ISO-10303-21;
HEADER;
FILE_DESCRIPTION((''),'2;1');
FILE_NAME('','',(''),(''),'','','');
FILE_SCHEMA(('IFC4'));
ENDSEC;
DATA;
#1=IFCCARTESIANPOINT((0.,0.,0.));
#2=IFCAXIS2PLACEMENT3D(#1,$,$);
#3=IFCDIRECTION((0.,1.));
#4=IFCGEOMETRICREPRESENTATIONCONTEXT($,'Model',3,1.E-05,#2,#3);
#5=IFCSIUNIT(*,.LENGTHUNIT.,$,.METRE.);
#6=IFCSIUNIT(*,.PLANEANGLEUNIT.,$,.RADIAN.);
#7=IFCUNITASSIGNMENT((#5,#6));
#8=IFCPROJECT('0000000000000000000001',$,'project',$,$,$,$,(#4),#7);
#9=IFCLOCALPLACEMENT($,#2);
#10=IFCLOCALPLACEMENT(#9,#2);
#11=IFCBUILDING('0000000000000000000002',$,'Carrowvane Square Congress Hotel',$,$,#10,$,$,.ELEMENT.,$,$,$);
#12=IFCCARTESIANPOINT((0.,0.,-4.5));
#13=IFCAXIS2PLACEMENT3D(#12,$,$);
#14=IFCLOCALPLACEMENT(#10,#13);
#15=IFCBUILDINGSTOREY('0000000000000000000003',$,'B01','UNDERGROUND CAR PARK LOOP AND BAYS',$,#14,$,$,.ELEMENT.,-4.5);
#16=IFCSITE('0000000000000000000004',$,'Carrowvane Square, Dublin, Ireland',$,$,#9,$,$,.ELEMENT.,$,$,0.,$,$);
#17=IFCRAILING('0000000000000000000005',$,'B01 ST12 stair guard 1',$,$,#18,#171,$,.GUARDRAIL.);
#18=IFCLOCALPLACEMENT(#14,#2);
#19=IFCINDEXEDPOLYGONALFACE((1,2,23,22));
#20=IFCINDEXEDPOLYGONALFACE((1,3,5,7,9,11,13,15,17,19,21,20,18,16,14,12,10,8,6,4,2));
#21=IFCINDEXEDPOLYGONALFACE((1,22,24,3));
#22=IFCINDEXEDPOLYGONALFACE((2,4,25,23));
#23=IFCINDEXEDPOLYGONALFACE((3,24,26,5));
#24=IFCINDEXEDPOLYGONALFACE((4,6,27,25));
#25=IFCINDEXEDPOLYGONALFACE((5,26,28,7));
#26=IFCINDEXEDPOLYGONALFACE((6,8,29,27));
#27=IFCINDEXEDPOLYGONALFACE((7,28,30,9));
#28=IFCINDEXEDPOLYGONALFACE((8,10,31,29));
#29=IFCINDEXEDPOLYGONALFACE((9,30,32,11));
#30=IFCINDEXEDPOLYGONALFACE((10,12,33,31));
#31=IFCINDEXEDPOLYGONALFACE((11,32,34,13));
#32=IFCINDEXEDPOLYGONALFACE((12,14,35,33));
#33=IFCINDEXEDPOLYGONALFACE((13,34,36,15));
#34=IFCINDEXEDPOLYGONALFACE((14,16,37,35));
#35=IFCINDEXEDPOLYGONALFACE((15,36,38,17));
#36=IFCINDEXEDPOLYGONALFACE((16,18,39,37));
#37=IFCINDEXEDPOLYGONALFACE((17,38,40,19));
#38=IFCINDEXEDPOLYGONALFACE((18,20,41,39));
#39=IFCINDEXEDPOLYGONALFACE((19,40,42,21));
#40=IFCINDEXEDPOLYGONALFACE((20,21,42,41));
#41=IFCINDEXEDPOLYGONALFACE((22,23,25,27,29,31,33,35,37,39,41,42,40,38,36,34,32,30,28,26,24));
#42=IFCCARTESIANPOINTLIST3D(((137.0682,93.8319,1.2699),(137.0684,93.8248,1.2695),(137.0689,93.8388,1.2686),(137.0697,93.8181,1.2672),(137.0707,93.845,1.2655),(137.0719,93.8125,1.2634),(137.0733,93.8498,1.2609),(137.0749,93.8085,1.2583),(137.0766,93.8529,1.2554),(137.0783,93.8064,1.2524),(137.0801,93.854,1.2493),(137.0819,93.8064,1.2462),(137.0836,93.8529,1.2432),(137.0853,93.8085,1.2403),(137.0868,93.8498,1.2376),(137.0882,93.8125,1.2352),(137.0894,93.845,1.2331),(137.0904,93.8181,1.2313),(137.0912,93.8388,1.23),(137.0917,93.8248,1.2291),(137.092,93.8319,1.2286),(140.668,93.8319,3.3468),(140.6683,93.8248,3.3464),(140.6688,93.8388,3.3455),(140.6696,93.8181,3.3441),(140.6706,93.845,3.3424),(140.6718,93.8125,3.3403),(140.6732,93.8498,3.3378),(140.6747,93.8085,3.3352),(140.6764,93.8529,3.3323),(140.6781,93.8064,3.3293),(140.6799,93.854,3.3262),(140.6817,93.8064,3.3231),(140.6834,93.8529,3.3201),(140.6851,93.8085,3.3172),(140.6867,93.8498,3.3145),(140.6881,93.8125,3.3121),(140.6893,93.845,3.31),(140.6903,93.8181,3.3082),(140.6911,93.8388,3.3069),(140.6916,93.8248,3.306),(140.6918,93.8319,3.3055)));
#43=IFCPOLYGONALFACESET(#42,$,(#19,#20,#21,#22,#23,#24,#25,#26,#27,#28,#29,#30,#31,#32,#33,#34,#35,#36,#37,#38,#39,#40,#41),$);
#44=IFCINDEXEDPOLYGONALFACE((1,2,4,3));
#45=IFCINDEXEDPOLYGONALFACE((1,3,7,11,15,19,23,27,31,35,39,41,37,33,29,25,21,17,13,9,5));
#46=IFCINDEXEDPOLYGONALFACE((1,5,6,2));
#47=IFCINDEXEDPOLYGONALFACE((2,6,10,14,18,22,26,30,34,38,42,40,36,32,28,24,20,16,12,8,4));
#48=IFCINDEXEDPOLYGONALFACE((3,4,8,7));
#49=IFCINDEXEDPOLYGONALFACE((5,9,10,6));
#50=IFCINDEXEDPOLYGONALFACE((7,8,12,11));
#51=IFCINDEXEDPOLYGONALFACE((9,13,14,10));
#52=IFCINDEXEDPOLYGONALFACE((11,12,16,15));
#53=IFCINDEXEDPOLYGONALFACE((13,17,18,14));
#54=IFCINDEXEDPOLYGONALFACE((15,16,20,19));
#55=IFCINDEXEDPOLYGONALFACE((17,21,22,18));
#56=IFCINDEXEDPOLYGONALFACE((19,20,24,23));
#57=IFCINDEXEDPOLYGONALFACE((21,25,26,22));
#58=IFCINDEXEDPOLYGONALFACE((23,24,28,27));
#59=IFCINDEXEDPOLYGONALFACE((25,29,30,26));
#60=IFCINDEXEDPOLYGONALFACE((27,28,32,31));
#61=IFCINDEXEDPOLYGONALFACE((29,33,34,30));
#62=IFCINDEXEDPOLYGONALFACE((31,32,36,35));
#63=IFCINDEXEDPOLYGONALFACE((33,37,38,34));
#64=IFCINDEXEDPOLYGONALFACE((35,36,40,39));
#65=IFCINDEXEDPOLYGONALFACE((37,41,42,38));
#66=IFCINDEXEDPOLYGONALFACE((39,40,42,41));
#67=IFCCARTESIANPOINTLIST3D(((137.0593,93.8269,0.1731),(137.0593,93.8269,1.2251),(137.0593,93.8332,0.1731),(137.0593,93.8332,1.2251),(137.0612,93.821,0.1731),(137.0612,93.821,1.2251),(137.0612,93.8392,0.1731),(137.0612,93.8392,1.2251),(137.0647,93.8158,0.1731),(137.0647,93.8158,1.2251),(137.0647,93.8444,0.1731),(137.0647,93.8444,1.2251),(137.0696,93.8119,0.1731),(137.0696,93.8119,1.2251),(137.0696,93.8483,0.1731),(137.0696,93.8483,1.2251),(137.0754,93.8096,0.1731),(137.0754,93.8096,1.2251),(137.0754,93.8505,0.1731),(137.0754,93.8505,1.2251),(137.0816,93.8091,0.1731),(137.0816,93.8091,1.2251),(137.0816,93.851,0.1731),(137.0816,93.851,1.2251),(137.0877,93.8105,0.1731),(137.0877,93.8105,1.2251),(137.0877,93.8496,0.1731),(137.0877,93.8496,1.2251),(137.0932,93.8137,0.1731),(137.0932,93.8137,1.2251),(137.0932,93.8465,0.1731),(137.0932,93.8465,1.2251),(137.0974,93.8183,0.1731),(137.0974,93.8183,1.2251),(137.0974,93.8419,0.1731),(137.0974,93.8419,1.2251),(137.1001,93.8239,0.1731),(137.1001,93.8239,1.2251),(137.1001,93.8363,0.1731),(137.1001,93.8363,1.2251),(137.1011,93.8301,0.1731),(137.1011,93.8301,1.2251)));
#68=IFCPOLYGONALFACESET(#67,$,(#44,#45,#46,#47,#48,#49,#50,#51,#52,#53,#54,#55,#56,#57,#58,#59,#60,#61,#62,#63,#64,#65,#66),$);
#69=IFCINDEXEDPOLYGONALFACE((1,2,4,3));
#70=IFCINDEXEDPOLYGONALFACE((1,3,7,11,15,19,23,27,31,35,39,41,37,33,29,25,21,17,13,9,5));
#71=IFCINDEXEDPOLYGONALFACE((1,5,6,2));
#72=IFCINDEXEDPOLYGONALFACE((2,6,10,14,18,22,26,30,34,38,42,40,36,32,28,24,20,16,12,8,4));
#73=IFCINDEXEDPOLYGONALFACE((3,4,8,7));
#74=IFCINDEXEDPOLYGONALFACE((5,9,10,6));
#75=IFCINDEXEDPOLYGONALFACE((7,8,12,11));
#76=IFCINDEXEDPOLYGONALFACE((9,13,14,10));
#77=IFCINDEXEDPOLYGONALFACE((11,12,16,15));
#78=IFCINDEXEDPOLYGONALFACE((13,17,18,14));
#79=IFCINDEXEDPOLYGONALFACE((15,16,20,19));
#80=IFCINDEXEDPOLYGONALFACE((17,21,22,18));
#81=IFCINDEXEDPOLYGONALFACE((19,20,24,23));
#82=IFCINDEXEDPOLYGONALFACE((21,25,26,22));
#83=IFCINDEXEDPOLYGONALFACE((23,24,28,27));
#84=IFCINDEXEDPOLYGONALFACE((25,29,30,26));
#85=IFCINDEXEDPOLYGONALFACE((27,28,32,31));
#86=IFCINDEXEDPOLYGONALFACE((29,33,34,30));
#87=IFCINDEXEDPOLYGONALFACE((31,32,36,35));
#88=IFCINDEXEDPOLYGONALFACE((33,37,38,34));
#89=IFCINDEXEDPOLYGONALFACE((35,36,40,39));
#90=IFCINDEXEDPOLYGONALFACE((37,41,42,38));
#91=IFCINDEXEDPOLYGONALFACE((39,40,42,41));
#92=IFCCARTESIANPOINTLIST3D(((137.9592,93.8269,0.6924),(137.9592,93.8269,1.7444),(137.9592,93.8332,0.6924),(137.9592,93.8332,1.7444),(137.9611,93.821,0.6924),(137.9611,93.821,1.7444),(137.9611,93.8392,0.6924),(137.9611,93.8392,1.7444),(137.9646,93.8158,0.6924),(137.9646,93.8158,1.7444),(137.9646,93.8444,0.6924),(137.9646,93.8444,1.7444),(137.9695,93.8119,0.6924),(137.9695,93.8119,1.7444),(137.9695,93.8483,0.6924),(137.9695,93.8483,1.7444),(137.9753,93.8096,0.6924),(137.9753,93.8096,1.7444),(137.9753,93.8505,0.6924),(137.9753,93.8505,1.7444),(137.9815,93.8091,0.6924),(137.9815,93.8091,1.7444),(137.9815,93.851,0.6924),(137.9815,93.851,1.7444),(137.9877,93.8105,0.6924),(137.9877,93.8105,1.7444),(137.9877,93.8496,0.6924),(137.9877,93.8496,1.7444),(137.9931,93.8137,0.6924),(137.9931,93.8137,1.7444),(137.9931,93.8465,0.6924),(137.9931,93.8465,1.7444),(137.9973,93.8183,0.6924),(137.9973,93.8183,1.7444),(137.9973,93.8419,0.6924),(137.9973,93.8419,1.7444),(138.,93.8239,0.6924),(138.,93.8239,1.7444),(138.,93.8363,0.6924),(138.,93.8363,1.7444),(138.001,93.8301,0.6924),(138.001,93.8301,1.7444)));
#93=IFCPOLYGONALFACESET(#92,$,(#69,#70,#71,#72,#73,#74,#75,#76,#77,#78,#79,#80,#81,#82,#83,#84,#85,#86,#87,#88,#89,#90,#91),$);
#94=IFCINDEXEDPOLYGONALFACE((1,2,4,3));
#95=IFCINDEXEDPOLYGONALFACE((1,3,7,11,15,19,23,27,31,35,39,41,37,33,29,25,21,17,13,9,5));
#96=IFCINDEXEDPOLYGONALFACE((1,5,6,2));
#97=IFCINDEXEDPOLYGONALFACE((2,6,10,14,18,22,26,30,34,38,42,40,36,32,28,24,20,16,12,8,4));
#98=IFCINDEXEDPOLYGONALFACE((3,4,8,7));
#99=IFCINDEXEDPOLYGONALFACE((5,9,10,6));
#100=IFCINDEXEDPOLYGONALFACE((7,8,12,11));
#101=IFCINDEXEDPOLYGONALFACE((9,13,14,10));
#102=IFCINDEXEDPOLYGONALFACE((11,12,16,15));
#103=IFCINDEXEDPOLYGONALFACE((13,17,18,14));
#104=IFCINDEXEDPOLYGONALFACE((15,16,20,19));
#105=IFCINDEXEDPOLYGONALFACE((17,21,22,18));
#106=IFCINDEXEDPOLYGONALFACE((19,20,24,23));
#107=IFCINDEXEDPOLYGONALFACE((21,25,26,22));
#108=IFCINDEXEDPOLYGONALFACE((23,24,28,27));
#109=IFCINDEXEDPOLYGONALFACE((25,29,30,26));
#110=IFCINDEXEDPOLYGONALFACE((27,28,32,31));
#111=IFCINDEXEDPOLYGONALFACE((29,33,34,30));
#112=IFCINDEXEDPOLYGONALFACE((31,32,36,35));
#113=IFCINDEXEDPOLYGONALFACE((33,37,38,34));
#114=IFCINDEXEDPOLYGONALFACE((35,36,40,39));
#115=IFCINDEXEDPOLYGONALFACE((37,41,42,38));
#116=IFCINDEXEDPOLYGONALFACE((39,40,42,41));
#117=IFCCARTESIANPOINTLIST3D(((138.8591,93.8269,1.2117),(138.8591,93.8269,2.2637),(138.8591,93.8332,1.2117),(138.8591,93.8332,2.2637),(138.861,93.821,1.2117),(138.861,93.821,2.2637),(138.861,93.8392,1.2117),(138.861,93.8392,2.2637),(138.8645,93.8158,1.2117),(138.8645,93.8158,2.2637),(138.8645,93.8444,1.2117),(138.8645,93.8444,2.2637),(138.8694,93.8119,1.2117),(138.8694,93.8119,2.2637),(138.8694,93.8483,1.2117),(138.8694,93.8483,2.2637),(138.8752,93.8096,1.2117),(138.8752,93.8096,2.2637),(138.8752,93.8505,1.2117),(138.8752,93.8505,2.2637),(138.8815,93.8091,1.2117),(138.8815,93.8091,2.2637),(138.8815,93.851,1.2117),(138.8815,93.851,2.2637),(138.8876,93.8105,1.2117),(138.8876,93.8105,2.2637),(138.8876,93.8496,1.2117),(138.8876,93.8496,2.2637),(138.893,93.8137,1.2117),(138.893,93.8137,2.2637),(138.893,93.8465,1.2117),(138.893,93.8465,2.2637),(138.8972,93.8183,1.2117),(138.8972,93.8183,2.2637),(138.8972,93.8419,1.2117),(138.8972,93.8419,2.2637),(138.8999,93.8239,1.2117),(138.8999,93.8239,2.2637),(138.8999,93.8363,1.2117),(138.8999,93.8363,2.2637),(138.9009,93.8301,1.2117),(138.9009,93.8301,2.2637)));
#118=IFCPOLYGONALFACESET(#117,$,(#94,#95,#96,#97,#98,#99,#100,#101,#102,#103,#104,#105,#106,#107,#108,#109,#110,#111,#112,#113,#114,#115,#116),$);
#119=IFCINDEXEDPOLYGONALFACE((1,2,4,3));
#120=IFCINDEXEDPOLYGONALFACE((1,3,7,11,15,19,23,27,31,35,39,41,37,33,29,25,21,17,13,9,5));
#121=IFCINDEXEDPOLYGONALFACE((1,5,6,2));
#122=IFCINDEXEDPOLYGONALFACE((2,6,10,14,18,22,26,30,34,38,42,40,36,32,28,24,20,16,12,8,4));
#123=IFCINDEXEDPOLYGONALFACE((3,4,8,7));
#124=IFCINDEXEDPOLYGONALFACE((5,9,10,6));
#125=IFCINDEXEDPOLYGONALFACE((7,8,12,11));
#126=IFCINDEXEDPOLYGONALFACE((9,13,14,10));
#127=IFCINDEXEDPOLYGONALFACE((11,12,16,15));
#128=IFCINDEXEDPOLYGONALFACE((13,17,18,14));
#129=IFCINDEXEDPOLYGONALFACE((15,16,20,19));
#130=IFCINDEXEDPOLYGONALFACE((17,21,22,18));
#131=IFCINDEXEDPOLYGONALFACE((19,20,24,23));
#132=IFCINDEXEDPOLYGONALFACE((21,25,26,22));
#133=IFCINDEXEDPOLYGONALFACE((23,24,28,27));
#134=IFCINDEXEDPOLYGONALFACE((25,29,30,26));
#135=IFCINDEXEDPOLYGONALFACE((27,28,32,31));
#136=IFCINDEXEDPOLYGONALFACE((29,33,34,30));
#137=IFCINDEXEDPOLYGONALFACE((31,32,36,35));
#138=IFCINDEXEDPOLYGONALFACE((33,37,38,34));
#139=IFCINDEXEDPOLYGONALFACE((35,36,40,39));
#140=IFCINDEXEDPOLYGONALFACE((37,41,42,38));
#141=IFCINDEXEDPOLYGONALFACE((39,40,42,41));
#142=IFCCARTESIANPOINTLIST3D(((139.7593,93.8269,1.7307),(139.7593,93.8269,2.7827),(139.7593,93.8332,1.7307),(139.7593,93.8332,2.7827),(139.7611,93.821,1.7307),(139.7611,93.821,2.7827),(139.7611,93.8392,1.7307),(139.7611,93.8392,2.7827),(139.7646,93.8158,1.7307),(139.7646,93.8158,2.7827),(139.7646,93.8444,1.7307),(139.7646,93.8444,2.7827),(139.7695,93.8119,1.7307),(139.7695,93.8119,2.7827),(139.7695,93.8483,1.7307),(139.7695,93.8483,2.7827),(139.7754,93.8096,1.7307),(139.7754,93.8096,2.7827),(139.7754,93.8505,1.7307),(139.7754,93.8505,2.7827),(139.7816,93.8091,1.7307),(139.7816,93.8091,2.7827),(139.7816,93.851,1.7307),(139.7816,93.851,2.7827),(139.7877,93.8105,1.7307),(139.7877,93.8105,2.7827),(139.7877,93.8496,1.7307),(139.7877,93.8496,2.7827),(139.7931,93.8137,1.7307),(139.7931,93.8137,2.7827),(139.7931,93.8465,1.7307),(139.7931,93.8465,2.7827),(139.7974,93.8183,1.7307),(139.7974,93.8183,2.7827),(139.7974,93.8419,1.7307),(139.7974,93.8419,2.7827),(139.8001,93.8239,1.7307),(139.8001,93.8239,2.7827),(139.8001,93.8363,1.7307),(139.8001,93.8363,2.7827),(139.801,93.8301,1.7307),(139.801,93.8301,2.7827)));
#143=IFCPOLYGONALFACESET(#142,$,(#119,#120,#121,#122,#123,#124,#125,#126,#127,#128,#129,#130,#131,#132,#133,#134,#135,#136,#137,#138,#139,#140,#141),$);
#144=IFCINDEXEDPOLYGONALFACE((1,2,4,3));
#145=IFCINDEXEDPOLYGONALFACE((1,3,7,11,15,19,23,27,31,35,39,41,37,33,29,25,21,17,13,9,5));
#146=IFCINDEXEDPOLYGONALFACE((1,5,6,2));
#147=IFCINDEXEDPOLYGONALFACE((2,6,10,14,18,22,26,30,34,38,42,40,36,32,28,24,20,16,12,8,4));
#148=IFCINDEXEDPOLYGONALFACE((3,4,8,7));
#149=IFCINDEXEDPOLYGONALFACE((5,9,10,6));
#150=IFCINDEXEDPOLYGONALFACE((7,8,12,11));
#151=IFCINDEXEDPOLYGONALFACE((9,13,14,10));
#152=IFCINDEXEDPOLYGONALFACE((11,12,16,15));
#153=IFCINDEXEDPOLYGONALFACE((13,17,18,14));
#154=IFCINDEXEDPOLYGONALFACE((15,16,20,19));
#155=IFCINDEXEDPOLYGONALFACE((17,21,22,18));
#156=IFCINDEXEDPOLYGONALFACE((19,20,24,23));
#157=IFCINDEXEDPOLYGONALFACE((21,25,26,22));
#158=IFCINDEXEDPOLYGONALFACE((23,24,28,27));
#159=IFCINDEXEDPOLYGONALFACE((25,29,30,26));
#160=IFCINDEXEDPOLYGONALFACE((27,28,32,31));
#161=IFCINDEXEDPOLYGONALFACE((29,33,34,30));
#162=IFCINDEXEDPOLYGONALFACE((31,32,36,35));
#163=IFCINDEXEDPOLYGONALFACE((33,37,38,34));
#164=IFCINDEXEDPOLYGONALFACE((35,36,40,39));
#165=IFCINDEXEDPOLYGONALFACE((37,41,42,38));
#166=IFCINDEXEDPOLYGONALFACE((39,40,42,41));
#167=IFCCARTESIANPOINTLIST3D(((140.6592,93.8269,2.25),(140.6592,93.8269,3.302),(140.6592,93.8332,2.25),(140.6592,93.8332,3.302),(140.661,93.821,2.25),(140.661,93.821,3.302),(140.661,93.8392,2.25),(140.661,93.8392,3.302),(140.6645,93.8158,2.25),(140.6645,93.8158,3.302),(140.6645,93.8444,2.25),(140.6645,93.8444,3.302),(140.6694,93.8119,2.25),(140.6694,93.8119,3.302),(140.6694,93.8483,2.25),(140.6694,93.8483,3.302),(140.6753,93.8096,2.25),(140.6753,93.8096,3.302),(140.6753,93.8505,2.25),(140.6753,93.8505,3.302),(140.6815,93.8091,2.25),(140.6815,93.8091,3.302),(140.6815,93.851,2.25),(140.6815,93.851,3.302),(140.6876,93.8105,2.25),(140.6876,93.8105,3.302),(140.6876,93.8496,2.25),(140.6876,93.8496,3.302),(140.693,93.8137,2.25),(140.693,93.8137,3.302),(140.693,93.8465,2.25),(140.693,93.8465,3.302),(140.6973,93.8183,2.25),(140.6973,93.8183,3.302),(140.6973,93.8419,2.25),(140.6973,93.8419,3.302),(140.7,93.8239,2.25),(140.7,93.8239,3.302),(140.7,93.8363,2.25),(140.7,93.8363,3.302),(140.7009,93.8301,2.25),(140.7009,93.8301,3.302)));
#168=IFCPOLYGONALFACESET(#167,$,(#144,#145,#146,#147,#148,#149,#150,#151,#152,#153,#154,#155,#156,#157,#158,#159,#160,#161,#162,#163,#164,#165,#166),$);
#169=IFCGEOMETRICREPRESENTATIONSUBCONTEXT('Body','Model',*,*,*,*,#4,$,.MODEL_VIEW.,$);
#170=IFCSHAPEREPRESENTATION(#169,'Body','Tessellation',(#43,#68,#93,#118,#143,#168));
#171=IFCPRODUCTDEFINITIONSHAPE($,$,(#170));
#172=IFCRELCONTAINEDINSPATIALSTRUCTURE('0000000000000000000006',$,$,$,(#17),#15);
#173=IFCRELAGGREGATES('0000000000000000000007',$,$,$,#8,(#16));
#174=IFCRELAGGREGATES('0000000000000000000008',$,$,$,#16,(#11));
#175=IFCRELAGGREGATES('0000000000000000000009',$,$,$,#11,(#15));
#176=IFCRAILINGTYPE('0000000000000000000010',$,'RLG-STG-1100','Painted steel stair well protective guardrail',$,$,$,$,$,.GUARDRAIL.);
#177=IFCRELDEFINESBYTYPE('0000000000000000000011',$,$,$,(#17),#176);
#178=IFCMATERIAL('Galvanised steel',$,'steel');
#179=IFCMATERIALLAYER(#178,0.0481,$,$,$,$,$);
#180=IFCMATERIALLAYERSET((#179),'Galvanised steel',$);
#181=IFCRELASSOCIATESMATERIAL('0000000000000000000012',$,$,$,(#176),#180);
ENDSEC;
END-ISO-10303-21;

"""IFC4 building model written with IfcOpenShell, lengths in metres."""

from ifc_helpers import new_model, si_unit, direction, frame, origin, origin_2d, place, context, subcontext, project, spatial, circle, extrude, material, layer, layer_set, type_object, element, save


model = new_model("IFC4")

# Units and contexts
model_context = context("Model", 3, precision=1e-05, world=origin(), true_north=direction((0.0, 1.0)))
body_context = subcontext(model_context, "Body", "Model", "MODEL_VIEW")
ifc_project = project(units=[si_unit("LENGTHUNIT", "METRE"), si_unit("PLANEANGLEUNIT", "RADIAN")], contexts=[model_context])

# Site, building, storey
site_placement = place(None, origin())
site = spatial("IfcSite", under=ifc_project, at=site_placement, Name="Carrowvane Square, Dublin, Ireland", CompositionType="ELEMENT", RefElevation=0.0)
building_placement = place(site_placement, origin())
building = spatial("IfcBuilding", under=site, at=building_placement, Name="Carrowvane Square Congress Hotel", CompositionType="ELEMENT")
storey_placement = place(building_placement, frame((0.0, 0.0, -4.5)))
storey = spatial("IfcBuildingStorey", under=building, at=storey_placement, Name="B01", Description="UNDERGROUND CAR PARK LOOP AND BAYS", CompositionType="ELEMENT", Elevation=-4.5)

# Railing
ifc_material_1 = material(Name="Galvanised steel", Category="steel")
ifc_layer_1 = layer(ifc_material_1, 0.0481)
ifc_layer_set_1 = layer_set([ifc_layer_1], Name="Galvanised steel")
railing_type_1 = type_object("IfcRailingType", Name="RLG-STG-1100", Description="Painted steel stair well protective guardrail", PredefinedType="GUARDRAIL", material=ifc_layer_set_1)
railing_1_placement = place(storey_placement, frame((137.0801, 93.8301, 0.1731)))
element("IfcRailing", 1, at=railing_1_placement, inside=storey, type_object=railing_type_1, Name="B01 ST12 stair guard 1", PredefinedType="GUARDRAIL", context=body_context, shape_type="SweptSolid", body=[
    extrude(circle(Radius=0.0239, at=origin_2d()), frame((0.0, 0.0, 1.0762), z_axis=(0.866179, 0.0, 0.499734), x_axis=(0.0, 1.0, 0.0)), (0.0, 0.0, 1.0), 4.156),
    extrude(circle(Radius=0.021, at=origin_2d()), origin(), (0.0, 0.0, 1.0), 1.052),
    extrude(circle(Radius=0.021, at=origin_2d()), frame((0.8999, 0.0, 0.5193)), (0.0, 0.0, 1.0), 1.052),
    extrude(circle(Radius=0.021, at=origin_2d()), frame((1.7998, 0.0, 1.0386)), (0.0, 0.0, 1.0), 1.052),
    extrude(circle(Radius=0.021, at=origin_2d()), frame((2.7, 0.0, 1.5576)), (0.0, 0.0, 1.0), 1.052),
    extrude(circle(Radius=0.021, at=origin_2d()), frame((3.5999, 0.0, 2.0769)), (0.0, 0.0, 1.0), 1.052),
])

save(model, "model.ifc")
